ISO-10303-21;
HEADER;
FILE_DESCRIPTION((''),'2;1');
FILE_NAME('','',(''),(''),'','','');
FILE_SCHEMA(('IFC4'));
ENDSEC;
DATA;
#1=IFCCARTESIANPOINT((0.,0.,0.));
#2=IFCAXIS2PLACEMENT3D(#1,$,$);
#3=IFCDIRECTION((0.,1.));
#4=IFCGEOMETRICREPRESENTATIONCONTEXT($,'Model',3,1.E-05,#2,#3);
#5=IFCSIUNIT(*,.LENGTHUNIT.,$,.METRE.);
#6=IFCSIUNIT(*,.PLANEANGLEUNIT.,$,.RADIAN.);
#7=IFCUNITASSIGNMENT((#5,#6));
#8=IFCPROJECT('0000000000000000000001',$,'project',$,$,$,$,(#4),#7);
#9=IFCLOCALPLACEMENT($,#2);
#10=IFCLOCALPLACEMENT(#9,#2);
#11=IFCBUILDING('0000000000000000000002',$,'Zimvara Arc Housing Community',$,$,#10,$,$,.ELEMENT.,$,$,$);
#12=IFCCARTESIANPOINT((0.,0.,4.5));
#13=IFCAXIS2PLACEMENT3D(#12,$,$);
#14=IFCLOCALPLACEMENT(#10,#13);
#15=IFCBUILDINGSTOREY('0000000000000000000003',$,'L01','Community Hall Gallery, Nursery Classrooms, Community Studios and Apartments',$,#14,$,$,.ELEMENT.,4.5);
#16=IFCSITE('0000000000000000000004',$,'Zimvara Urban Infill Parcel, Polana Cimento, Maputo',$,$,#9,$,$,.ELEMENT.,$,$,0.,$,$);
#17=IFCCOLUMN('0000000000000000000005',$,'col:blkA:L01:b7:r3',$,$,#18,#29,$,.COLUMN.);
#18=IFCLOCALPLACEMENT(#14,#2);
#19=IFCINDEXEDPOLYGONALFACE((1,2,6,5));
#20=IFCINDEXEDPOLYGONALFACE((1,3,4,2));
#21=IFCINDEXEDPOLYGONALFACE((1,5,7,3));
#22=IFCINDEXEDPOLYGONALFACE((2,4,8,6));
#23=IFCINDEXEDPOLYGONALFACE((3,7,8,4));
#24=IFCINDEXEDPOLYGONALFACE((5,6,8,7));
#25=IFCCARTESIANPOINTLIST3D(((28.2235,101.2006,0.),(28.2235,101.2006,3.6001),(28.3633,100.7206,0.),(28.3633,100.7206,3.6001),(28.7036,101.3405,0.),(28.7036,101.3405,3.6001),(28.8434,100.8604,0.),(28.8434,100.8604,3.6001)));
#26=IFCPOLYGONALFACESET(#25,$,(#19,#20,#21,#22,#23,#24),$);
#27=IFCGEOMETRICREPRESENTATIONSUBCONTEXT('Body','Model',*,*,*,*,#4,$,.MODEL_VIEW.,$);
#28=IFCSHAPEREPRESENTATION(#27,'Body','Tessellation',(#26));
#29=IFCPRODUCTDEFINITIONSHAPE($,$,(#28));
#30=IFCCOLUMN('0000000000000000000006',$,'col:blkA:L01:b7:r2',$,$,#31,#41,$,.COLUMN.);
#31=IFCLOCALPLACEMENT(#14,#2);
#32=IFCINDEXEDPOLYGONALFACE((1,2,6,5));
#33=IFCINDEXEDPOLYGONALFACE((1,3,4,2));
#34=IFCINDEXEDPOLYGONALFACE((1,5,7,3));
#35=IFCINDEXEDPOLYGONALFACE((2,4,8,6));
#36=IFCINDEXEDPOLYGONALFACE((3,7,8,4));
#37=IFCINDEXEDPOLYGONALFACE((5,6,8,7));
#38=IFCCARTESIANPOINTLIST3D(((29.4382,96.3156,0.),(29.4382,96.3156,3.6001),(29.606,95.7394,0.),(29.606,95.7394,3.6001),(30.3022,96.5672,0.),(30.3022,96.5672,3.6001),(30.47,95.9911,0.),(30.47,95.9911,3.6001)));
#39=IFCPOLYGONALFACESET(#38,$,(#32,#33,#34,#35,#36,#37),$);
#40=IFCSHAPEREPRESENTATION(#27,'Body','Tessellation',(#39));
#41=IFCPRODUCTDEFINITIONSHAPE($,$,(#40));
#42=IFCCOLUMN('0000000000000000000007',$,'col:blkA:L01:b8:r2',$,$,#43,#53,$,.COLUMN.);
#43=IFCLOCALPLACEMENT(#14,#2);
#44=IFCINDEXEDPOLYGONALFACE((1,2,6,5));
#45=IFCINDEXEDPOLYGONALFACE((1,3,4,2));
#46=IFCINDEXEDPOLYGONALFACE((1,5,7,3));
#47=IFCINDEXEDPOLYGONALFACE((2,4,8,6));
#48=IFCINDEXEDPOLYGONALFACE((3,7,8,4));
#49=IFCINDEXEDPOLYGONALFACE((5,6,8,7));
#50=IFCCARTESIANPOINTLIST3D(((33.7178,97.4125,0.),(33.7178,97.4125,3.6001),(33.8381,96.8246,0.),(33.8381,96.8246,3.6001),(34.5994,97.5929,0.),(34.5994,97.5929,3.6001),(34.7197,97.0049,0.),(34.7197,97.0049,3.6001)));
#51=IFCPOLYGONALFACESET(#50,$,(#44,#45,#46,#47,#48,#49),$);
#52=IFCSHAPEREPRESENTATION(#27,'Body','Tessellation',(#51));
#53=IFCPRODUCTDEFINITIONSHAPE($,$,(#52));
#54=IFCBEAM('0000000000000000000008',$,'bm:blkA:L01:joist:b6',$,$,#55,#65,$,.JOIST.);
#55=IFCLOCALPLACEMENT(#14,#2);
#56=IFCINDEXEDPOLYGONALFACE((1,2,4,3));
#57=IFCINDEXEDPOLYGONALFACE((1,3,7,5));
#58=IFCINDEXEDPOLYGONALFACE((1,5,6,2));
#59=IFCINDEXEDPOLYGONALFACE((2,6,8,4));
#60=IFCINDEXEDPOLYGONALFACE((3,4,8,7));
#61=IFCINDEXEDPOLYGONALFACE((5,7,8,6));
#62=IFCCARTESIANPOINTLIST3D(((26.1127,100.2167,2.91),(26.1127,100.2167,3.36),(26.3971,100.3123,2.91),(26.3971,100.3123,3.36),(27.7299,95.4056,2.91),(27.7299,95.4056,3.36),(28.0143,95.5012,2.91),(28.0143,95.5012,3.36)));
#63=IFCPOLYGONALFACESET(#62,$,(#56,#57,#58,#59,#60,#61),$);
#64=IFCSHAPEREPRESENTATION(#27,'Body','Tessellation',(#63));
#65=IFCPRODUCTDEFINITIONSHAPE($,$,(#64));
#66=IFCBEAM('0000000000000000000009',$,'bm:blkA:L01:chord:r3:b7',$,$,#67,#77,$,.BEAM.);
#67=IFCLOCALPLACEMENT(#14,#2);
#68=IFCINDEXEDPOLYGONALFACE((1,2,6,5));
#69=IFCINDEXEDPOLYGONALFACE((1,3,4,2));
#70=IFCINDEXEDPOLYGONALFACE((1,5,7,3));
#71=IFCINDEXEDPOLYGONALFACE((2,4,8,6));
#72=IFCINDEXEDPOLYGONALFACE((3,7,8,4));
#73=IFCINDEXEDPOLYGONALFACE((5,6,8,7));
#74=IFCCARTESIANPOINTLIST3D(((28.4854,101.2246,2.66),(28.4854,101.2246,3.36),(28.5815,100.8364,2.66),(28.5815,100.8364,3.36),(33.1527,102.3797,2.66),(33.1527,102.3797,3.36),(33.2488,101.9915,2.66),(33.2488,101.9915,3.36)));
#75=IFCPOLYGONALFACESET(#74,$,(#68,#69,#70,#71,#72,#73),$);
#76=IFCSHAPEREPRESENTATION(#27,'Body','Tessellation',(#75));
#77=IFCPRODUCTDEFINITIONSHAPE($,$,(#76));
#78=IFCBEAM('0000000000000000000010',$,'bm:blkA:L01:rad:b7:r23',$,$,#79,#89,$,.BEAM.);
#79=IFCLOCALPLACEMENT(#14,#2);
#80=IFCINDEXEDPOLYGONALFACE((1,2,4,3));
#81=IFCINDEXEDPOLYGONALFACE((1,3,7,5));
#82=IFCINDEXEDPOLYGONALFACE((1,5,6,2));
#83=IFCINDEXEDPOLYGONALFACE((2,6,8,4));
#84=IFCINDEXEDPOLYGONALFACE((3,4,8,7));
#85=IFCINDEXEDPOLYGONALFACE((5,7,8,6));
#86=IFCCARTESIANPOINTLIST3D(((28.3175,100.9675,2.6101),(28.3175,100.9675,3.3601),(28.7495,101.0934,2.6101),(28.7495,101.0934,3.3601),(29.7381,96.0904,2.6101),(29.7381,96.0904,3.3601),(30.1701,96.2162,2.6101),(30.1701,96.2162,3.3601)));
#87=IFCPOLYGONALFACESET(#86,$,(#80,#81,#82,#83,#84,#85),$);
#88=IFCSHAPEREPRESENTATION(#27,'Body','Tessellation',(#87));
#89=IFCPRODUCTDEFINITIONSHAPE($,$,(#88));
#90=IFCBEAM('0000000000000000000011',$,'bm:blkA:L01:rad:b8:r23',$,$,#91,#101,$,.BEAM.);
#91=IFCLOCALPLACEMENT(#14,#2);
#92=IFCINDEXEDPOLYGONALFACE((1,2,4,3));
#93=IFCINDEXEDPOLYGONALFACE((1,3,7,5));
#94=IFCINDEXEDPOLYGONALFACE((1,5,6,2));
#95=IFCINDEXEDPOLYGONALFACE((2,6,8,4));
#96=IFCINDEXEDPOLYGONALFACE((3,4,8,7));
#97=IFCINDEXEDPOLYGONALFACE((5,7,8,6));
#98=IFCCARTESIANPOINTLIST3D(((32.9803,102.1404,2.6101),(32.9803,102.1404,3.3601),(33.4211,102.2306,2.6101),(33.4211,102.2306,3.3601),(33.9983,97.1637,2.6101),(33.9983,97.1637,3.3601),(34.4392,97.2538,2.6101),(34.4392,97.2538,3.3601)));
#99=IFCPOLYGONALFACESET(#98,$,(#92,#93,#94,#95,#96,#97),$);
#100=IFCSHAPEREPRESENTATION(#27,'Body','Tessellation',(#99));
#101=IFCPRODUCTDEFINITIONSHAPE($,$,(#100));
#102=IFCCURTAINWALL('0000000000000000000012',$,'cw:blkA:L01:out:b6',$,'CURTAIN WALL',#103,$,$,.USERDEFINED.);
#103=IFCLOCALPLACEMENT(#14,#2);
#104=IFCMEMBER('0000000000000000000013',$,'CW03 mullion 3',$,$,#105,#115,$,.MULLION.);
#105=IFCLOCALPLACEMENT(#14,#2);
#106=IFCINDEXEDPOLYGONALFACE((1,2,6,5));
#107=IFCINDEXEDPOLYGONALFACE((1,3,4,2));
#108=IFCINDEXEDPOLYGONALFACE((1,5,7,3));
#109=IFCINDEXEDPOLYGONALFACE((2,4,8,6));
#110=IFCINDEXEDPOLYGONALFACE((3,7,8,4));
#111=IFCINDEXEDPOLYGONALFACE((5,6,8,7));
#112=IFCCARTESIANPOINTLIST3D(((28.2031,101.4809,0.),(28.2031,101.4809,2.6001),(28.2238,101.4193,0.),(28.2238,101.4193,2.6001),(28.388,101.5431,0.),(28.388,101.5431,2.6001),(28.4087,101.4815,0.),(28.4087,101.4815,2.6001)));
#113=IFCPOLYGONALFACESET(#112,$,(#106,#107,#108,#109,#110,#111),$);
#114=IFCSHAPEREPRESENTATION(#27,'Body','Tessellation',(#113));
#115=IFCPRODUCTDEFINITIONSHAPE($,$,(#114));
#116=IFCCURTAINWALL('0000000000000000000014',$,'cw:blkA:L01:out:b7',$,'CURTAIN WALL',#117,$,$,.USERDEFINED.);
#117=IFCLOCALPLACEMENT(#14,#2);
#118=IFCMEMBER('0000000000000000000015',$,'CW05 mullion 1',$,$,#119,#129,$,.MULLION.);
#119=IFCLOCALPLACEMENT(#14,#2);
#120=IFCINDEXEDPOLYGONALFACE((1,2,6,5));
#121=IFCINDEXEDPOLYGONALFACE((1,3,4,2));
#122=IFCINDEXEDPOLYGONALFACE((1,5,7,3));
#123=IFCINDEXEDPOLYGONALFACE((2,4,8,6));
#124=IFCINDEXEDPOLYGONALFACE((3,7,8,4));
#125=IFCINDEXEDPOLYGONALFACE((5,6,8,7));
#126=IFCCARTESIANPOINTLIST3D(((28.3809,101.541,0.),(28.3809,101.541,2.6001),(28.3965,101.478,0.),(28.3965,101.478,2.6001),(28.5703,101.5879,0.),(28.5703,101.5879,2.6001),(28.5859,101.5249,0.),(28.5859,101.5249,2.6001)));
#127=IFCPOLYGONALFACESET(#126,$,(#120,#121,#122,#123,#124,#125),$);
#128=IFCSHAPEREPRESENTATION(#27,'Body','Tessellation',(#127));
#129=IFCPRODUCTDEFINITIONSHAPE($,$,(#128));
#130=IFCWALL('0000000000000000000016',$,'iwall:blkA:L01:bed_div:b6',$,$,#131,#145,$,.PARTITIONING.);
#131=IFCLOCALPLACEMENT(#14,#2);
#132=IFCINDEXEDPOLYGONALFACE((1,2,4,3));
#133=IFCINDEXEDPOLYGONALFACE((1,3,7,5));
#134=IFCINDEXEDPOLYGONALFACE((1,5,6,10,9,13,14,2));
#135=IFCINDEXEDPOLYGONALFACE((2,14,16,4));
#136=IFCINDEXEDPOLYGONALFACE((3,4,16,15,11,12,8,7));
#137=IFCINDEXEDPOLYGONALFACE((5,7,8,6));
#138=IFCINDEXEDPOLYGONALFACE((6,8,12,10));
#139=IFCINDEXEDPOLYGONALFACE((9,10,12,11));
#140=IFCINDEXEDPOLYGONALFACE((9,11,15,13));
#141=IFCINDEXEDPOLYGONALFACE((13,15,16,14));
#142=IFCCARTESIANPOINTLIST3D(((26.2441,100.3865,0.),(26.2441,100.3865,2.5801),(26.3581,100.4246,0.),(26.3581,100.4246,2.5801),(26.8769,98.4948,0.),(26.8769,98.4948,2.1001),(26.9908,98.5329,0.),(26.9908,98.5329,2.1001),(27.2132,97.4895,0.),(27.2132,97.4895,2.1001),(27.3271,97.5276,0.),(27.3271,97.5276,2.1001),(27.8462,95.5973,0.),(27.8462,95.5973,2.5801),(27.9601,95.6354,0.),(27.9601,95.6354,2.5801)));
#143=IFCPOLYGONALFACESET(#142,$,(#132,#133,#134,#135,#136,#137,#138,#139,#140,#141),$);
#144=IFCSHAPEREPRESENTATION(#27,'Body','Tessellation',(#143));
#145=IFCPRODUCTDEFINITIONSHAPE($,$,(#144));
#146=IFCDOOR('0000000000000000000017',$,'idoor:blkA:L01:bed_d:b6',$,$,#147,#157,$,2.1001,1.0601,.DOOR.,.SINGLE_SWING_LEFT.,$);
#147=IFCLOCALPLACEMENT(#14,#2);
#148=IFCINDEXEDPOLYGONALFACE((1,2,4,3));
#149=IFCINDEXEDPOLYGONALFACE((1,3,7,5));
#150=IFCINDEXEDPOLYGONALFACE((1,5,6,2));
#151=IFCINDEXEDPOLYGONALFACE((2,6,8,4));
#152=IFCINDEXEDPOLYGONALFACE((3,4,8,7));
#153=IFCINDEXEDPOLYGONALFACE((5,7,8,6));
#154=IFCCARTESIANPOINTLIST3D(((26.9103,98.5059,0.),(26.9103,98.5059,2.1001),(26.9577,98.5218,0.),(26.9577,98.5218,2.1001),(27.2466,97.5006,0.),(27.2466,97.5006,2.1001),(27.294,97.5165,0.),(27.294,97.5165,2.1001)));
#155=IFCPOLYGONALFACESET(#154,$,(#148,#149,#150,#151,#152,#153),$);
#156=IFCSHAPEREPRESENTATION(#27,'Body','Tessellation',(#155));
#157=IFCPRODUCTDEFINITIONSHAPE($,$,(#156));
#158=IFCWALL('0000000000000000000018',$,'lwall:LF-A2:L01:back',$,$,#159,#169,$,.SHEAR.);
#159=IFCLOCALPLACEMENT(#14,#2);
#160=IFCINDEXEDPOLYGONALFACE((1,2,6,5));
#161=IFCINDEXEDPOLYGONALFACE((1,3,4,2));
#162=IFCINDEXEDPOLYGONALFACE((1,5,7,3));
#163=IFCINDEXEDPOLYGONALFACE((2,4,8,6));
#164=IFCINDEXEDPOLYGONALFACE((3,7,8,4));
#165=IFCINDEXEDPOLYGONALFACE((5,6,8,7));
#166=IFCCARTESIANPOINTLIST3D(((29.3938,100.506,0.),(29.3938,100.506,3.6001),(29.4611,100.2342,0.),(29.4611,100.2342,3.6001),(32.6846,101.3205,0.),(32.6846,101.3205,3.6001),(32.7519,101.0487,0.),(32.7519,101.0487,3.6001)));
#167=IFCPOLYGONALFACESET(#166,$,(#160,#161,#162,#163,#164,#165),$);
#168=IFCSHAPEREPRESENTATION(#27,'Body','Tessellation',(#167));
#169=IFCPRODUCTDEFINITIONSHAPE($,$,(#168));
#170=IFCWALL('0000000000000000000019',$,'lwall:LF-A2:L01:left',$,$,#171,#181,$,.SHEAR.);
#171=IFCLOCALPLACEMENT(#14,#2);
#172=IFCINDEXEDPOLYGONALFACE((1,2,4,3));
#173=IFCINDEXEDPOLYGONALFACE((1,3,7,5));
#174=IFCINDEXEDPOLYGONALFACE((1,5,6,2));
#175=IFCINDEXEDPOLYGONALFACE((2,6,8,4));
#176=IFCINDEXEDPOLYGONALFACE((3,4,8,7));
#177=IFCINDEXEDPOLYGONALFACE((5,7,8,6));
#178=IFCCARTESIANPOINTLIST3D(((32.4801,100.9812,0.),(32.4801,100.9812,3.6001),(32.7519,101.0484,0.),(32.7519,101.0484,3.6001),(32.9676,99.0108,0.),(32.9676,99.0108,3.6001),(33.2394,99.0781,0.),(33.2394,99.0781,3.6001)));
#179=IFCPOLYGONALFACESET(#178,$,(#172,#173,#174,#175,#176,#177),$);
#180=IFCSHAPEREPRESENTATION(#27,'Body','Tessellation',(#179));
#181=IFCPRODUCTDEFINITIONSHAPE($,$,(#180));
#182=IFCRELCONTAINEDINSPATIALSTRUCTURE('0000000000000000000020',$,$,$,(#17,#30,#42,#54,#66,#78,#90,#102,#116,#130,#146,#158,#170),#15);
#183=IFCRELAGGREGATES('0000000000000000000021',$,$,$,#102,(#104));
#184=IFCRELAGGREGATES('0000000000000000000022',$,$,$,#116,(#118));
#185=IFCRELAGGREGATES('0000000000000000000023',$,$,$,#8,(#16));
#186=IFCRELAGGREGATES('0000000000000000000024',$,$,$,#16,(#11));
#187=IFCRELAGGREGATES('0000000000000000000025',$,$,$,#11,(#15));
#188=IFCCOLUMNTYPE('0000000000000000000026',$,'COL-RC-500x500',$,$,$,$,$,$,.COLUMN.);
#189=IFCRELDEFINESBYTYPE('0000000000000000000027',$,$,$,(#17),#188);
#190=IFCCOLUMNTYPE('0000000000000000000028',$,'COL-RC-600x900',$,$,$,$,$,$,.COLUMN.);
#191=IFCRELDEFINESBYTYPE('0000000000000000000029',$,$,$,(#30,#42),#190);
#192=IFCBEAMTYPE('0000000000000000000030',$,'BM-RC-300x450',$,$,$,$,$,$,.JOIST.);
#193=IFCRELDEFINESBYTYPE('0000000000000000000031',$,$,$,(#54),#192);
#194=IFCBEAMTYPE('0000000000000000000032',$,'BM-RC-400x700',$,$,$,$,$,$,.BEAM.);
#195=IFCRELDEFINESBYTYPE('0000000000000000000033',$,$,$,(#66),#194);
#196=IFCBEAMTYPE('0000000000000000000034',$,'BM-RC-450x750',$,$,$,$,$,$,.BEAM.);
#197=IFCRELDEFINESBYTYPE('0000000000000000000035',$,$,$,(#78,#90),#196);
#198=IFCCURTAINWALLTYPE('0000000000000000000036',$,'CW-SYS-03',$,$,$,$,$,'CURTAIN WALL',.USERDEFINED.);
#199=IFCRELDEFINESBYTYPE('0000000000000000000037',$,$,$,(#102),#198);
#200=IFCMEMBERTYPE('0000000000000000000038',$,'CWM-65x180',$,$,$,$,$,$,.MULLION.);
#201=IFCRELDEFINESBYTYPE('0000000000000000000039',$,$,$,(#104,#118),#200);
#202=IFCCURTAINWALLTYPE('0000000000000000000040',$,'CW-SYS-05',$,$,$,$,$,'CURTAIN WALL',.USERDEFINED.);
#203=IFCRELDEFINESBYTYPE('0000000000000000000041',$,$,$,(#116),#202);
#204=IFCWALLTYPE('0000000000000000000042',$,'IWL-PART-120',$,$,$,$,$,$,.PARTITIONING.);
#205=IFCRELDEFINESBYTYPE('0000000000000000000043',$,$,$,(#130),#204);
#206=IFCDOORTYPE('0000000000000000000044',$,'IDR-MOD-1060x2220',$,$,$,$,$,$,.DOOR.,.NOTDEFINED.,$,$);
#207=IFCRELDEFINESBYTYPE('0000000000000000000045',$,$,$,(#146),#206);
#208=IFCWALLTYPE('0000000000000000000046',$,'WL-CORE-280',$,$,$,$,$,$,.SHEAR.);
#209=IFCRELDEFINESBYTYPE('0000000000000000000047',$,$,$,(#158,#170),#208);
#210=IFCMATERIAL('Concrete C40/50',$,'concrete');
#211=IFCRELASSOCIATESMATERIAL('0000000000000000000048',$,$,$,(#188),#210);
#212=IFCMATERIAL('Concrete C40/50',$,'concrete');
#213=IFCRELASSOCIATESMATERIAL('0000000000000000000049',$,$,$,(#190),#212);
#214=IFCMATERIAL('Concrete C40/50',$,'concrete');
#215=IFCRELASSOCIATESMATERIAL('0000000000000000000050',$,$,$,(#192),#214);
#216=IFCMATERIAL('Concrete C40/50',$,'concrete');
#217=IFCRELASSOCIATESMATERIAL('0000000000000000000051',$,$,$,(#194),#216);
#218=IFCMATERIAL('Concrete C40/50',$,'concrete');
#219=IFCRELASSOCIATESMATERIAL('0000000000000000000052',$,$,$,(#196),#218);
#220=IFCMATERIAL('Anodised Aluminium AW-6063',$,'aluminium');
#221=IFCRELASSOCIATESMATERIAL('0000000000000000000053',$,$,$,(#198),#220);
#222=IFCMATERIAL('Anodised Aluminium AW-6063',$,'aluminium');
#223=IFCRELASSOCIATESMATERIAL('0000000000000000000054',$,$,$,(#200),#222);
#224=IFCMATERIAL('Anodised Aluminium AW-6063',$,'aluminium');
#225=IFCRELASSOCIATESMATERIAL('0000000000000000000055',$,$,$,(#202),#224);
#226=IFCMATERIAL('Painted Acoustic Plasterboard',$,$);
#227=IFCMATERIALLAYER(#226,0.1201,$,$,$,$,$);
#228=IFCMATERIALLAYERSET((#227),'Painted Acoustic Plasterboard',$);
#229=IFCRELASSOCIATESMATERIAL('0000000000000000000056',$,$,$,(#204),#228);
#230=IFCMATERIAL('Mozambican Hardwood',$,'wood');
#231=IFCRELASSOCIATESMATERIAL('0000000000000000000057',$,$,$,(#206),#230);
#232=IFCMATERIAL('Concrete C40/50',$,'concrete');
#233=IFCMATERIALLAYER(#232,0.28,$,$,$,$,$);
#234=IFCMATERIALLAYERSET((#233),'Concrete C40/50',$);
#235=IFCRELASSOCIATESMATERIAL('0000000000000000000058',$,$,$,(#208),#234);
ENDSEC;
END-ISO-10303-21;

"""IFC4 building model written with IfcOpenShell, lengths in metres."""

from ifc_helpers import new_model, si_unit, direction, frame, frame_2d, origin, origin_2d, place, context, subcontext, project, spatial, rectangle, extrude, material, layer, layer_set, material_profile, profile_set, type_object, element, fill, aggregate, save


model = new_model("IFC4")

# Units and contexts
model_context = context("Model", 3, precision=1e-05, world=origin(), true_north=direction((0.0, 1.0)))
body_context = subcontext(model_context, "Body", "Model", "MODEL_VIEW")
ifc_project = project(units=[si_unit("LENGTHUNIT", "METRE"), si_unit("PLANEANGLEUNIT", "RADIAN")], contexts=[model_context])

# Site, building, storey
site_placement = place(None, origin())
site = spatial("IfcSite", under=ifc_project, at=site_placement, Name="Zimvara Urban Infill Parcel, Polana Cimento, Maputo", CompositionType="ELEMENT", RefElevation=0.0)
building_placement = place(site_placement, origin())
building = spatial("IfcBuilding", under=site, at=building_placement, Name="Zimvara Arc Housing Community", CompositionType="ELEMENT")
storey_placement = place(building_placement, frame((0.0, 0.0, 4.5)))
storey = spatial("IfcBuildingStorey", under=building, at=storey_placement, Name="L01", Description="Community Hall Gallery, Nursery Classrooms, Community Studios and Apartments", CompositionType="ELEMENT", Elevation=4.5)

# Columns
ifc_material_1 = material(Name="Concrete C40/50", Category="concrete")
ifc_material_profile_1 = material_profile(ifc_material_1, rectangle(XDim=0.5, YDim=0.5, at=origin_2d()), Name="RC 500x500")
ifc_profile_set_1 = profile_set([ifc_material_profile_1], Name="Concrete C40/50")
column_type_1 = type_object("IfcColumnType", Name="COL-RC-500x500", PredefinedType="COLUMN", material=ifc_profile_set_1)
column_placement = place(storey_placement, frame((28.5334, 101.0305, 0.0), z_axis=(0.0, 0.0, 1.0), x_axis=(-0.279661, 0.960099, 0.0)))
element("IfcColumn", 1, at=column_placement, inside=storey, type_object=column_type_1, Name="col:blkA:L01:b7:r3", PredefinedType="COLUMN", context=body_context, shape_type="SweptSolid", body=[
    extrude(rectangle(XDim=0.5, YDim=0.5, at=origin_2d()), origin(), (0.0, 0.0, 1.0), 3.6001),
])
ifc_material_2 = material(Name="Concrete C40/50", Category="concrete")
ifc_material_profile_2 = material_profile(ifc_material_2, rectangle(XDim=0.6001, YDim=0.8999, at=origin_2d()), Name="RC 600x900")
ifc_profile_set_2 = profile_set([ifc_material_profile_2], Name="Concrete C40/50")
column_type_2 = type_object("IfcColumnType", Name="COL-RC-600x900", PredefinedType="COLUMN", material=ifc_profile_set_2)
for number, where, z_axis, x_axis, name in (
    (2, (29.9541, 96.1533, 0.0), (0.0, 0.0, 1.0), (-0.279661, 0.960099, 0.0), "col:blkA:L01:b7:r2"),
    (3, (34.2188, 97.2087, 0.0), (0.0, 0.0, 1.0), (-0.200394, 0.979715, 0.0), "col:blkA:L01:b8:r2"),
):
    element("IfcColumn", number, at=place(storey_placement, frame(where, z_axis=z_axis, x_axis=x_axis)), inside=storey, type_object=column_type_2, Name=name, PredefinedType="COLUMN", context=body_context, shape_type="SweptSolid", body=[
        extrude(rectangle(XDim=0.6001, YDim=0.8999, at=origin_2d()), origin(), (0.0, 0.0, 1.0), 3.6001),
    ])

# Beams
ifc_material_3 = material(Name="Concrete C40/50", Category="concrete")
ifc_material_profile_3 = material_profile(ifc_material_3, rectangle(XDim=0.3, YDim=0.45, at=origin_2d()), Name="RC 300x450")
ifc_profile_set_3 = profile_set([ifc_material_profile_3], Name="Concrete C40/50")
beam_type_1 = type_object("IfcBeamType", Name="BM-RC-300x450", PredefinedType="JOIST", material=ifc_profile_set_3)
beam_1_placement = place(storey_placement, frame((27.8721, 95.4534, 3.135), z_axis=(-0.318608, 0.947887, 0.0), x_axis=(-0.947887, -0.318608, 0.0)))
element("IfcBeam", 4, at=beam_1_placement, inside=storey, type_object=beam_type_1, Name="bm:blkA:L01:joist:b6", PredefinedType="JOIST", context=body_context, shape_type="SweptSolid", body=[
    extrude(rectangle(XDim=0.3, YDim=0.45, at=origin_2d()), origin(), (0.0, 0.0, 1.0), 5.0757),
])
ifc_material_4 = material(Name="Concrete C40/50", Category="concrete")
ifc_material_profile_4 = material_profile(ifc_material_4, rectangle(XDim=0.3999, YDim=0.7, at=origin_2d()), Name="RC 400x700")
ifc_profile_set_4 = profile_set([ifc_material_profile_4], Name="Concrete C40/50")
beam_type_2 = type_object("IfcBeamType", Name="BM-RC-400x700", PredefinedType="BEAM", material=ifc_profile_set_4)
beam_2_placement = place(storey_placement, frame((28.5334, 101.0305, 3.01), z_axis=(0.970716, 0.240229, 0.0), x_axis=(-0.240229, 0.970716, 0.0)))
element("IfcBeam", 5, at=beam_2_placement, inside=storey, type_object=beam_type_2, Name="bm:blkA:L01:chord:r3:b7", PredefinedType="BEAM", context=body_context, shape_type="SweptSolid", body=[
    extrude(rectangle(XDim=0.3999, YDim=0.7, at=origin_2d()), origin(), (0.0, 0.0, 1.0), 4.8081),
])
ifc_material_5 = material(Name="Concrete C40/50", Category="concrete")
ifc_material_profile_5 = material_profile(ifc_material_5, rectangle(XDim=0.45, YDim=0.75, at=origin_2d()), Name="RC 450x750")
ifc_profile_set_5 = profile_set([ifc_material_profile_5], Name="Concrete C40/50")
beam_type_3 = type_object("IfcBeamType", Name="BM-RC-450x750", PredefinedType="BEAM", material=ifc_profile_set_5)
for number, where, z_axis, x_axis, name in (
    (6, (29.9541, 96.1533, 2.9851), (-0.279662, 0.960098, 0.0), (-0.960098, -0.279662, 0.0), "bm:blkA:L01:rad:b7:r23"),
    (7, (34.2188, 97.2087, 2.9851), (-0.200412, 0.979712, 0.0), (-0.979712, -0.200412, 0.0), "bm:blkA:L01:rad:b8:r23"),
):
    element("IfcBeam", number, at=place(storey_placement, frame(where, z_axis=z_axis, x_axis=x_axis)), inside=storey, type_object=beam_type_3, Name=name, PredefinedType="BEAM", context=body_context, shape_type="SweptSolid", body=[
        extrude(rectangle(XDim=0.45, YDim=0.75, at=origin_2d()), origin(), (0.0, 0.0, 1.0), 5.0798),
    ])

# Curtain walls, members
ifc_material_6 = material(Name="Anodised Aluminium AW-6063", Category="aluminium")
curtain_wall_type_1 = type_object("IfcCurtainWallType", Name="CW-SYS-03", ElementType="CURTAIN WALL", PredefinedType="USERDEFINED", material=ifc_material_6)
curtain_wall_1_placement = place(storey_placement, origin())
curtain_wall_1 = element("IfcCurtainWall", 8, at=curtain_wall_1_placement, inside=storey, type_object=curtain_wall_type_1, Name="cw:blkA:L01:out:b6", ObjectType="CURTAIN WALL", PredefinedType="USERDEFINED")
ifc_material_7 = material(Name="Anodised Aluminium AW-6063", Category="aluminium")
ifc_material_profile_6 = material_profile(ifc_material_7, rectangle(XDim=0.0649, YDim=0.1951, at=origin_2d()), Name="ALU 65x195")
ifc_profile_set_6 = profile_set([ifc_material_profile_6], Name="Anodised Aluminium AW-6063")
member_type = type_object("IfcMemberType", Name="CWM-65x180", PredefinedType="MULLION", material=ifc_profile_set_6)
member_1_placement = place(storey_placement, frame((28.3059, 101.4812, 0.0), z_axis=(0.0, 0.0, 1.0), x_axis=(-0.318629, 0.94788, 0.0)))
member_1 = element("IfcMember", 9, at=member_1_placement, type_object=member_type, Name="CW03 mullion 3", PredefinedType="MULLION", context=body_context, shape_type="SweptSolid", body=[
    extrude(rectangle(XDim=0.0649, YDim=0.1951, at=origin_2d()), origin(), (0.0, 0.0, 1.0), 2.6001),
])
aggregate(curtain_wall_1, [member_1])
ifc_material_8 = material(Name="Anodised Aluminium AW-6063", Category="aluminium")
curtain_wall_type_2 = type_object("IfcCurtainWallType", Name="CW-SYS-05", ElementType="CURTAIN WALL", PredefinedType="USERDEFINED", material=ifc_material_8)
curtain_wall_2_placement = place(storey_placement, origin())
curtain_wall_2 = element("IfcCurtainWall", 10, at=curtain_wall_2_placement, inside=storey, type_object=curtain_wall_type_2, Name="cw:blkA:L01:out:b7", ObjectType="CURTAIN WALL", PredefinedType="USERDEFINED")
member_2_placement = place(storey_placement, frame((28.4834, 101.533, 0.0), z_axis=(0.0, 0.0, 1.0), x_axis=(-0.24023, 0.970716, 0.0)))
member_2 = element("IfcMember", 11, at=member_2_placement, type_object=member_type, Name="CW05 mullion 1", PredefinedType="MULLION", context=body_context, shape_type="SweptSolid", body=[
    extrude(rectangle(XDim=0.0649, YDim=0.1951, at=origin_2d()), origin(), (0.0, 0.0, 1.0), 2.6001),
])
aggregate(curtain_wall_2, [member_2])

# Wall, opening, door
ifc_material_9 = material(Name="Painted Acoustic Plasterboard")
ifc_layer_1 = layer(ifc_material_9, 0.1201)
ifc_layer_set_1 = layer_set([ifc_layer_1], Name="Painted Acoustic Plasterboard")
wall_type_1 = type_object("IfcWallType", Name="IWL-PART-120", PredefinedType="PARTITIONING", material=ifc_layer_set_1)
wall_1_placement = place(storey_placement, frame((27.9031, 95.6165, 0.0), z_axis=(0.0, 0.0, 1.0), x_axis=(-0.317228, 0.948349, 0.0)))
wall_1 = element("IfcWall", 12, at=wall_1_placement, inside=storey, type_object=wall_type_1, Name="iwall:blkA:L01:bed_div:b6", PredefinedType="PARTITIONING", context=body_context, shape_type="SweptSolid", body=[
    extrude(rectangle(XDim=5.05, YDim=0.1201, at=frame_2d((2.5249, 0.0))), origin(), (0.0, 0.0, 1.0), 2.5801),
])
opening_1_placement = place(wall_1_placement, frame((1.9951, 0.0, 0.0)))
opening_1 = element("IfcOpeningElement", 13, at=opening_1_placement, cuts=wall_1, PredefinedType="OPENING", context=body_context, shape_type="SweptSolid", body=[
    extrude(rectangle(XDim=1.0601, YDim=2.1001, at=frame_2d((0.53, 1.05))), frame((0.0, 0.0701, 0.0), z_axis=(0.0, -1.0, 0.0), x_axis=(1.0, 0.0, 0.0)), (0.0, 0.0, 1.0), 0.1401),
])
ifc_material_10 = material(Name="Mozambican Hardwood", Category="wood")
door_type_1 = type_object("IfcDoorType", Name="IDR-MOD-1060x2220", OperationType="NOTDEFINED", PredefinedType="DOOR", material=ifc_material_10)
door_1_placement = place(opening_1_placement, origin())
door_1 = element("IfcDoor", 14, at=door_1_placement, inside=storey, type_object=door_type_1, Name="idoor:blkA:L01:bed_d:b6", OperationType="SINGLE_SWING_LEFT", OverallHeight=2.1001, OverallWidth=1.0601, PredefinedType="DOOR", context=body_context, shape_type="SweptSolid", body=[
    extrude(rectangle(XDim=1.0601, YDim=2.1001, at=frame_2d((0.53, 1.05))), frame((0.0, 0.0249, 0.0), z_axis=(0.0, -1.0, 0.0), x_axis=(1.0, 0.0, 0.0)), (0.0, 0.0, 1.0), 0.05),
])
fill(opening_1, door_1)
ifc_material_11 = material(Name="Concrete C40/50", Category="concrete")
ifc_layer_2 = layer(ifc_material_11, 0.28)
ifc_layer_set_2 = layer_set([ifc_layer_2], Name="Concrete C40/50")
wall_type_2 = type_object("IfcWallType", Name="WL-CORE-280", PredefinedType="SHEAR", material=ifc_layer_set_2)

# Walls
wall_2_placement = place(storey_placement, frame((32.7183, 101.1846, 0.0), z_axis=(0.0, 0.0, 1.0), x_axis=(-0.970712, -0.240247, 0.0)))
element("IfcWall", 15, at=wall_2_placement, inside=storey, type_object=wall_type_2, Name="lwall:LF-A2:L01:back", PredefinedType="SHEAR", context=body_context, shape_type="SweptSolid", body=[
    extrude(rectangle(XDim=3.3901, YDim=0.28, at=frame_2d((1.6951, 0.0))), origin(), (0.0, 0.0, 1.0), 3.6001),
])
wall_3_placement = place(storey_placement, frame((33.1035, 99.0444, 0.0), z_axis=(0.0, 0.0, 1.0), x_axis=(-0.240186, 0.970727, 0.0)))
element("IfcWall", 16, at=wall_3_placement, inside=storey, type_object=wall_type_2, Name="lwall:LF-A2:L01:left", PredefinedType="SHEAR", context=body_context, shape_type="SweptSolid", body=[
    extrude(rectangle(XDim=2.0298, YDim=0.28, at=frame_2d((1.0149, 0.0))), origin(), (0.0, 0.0, 1.0), 3.6001),
])

save(model, "model.ifc")
